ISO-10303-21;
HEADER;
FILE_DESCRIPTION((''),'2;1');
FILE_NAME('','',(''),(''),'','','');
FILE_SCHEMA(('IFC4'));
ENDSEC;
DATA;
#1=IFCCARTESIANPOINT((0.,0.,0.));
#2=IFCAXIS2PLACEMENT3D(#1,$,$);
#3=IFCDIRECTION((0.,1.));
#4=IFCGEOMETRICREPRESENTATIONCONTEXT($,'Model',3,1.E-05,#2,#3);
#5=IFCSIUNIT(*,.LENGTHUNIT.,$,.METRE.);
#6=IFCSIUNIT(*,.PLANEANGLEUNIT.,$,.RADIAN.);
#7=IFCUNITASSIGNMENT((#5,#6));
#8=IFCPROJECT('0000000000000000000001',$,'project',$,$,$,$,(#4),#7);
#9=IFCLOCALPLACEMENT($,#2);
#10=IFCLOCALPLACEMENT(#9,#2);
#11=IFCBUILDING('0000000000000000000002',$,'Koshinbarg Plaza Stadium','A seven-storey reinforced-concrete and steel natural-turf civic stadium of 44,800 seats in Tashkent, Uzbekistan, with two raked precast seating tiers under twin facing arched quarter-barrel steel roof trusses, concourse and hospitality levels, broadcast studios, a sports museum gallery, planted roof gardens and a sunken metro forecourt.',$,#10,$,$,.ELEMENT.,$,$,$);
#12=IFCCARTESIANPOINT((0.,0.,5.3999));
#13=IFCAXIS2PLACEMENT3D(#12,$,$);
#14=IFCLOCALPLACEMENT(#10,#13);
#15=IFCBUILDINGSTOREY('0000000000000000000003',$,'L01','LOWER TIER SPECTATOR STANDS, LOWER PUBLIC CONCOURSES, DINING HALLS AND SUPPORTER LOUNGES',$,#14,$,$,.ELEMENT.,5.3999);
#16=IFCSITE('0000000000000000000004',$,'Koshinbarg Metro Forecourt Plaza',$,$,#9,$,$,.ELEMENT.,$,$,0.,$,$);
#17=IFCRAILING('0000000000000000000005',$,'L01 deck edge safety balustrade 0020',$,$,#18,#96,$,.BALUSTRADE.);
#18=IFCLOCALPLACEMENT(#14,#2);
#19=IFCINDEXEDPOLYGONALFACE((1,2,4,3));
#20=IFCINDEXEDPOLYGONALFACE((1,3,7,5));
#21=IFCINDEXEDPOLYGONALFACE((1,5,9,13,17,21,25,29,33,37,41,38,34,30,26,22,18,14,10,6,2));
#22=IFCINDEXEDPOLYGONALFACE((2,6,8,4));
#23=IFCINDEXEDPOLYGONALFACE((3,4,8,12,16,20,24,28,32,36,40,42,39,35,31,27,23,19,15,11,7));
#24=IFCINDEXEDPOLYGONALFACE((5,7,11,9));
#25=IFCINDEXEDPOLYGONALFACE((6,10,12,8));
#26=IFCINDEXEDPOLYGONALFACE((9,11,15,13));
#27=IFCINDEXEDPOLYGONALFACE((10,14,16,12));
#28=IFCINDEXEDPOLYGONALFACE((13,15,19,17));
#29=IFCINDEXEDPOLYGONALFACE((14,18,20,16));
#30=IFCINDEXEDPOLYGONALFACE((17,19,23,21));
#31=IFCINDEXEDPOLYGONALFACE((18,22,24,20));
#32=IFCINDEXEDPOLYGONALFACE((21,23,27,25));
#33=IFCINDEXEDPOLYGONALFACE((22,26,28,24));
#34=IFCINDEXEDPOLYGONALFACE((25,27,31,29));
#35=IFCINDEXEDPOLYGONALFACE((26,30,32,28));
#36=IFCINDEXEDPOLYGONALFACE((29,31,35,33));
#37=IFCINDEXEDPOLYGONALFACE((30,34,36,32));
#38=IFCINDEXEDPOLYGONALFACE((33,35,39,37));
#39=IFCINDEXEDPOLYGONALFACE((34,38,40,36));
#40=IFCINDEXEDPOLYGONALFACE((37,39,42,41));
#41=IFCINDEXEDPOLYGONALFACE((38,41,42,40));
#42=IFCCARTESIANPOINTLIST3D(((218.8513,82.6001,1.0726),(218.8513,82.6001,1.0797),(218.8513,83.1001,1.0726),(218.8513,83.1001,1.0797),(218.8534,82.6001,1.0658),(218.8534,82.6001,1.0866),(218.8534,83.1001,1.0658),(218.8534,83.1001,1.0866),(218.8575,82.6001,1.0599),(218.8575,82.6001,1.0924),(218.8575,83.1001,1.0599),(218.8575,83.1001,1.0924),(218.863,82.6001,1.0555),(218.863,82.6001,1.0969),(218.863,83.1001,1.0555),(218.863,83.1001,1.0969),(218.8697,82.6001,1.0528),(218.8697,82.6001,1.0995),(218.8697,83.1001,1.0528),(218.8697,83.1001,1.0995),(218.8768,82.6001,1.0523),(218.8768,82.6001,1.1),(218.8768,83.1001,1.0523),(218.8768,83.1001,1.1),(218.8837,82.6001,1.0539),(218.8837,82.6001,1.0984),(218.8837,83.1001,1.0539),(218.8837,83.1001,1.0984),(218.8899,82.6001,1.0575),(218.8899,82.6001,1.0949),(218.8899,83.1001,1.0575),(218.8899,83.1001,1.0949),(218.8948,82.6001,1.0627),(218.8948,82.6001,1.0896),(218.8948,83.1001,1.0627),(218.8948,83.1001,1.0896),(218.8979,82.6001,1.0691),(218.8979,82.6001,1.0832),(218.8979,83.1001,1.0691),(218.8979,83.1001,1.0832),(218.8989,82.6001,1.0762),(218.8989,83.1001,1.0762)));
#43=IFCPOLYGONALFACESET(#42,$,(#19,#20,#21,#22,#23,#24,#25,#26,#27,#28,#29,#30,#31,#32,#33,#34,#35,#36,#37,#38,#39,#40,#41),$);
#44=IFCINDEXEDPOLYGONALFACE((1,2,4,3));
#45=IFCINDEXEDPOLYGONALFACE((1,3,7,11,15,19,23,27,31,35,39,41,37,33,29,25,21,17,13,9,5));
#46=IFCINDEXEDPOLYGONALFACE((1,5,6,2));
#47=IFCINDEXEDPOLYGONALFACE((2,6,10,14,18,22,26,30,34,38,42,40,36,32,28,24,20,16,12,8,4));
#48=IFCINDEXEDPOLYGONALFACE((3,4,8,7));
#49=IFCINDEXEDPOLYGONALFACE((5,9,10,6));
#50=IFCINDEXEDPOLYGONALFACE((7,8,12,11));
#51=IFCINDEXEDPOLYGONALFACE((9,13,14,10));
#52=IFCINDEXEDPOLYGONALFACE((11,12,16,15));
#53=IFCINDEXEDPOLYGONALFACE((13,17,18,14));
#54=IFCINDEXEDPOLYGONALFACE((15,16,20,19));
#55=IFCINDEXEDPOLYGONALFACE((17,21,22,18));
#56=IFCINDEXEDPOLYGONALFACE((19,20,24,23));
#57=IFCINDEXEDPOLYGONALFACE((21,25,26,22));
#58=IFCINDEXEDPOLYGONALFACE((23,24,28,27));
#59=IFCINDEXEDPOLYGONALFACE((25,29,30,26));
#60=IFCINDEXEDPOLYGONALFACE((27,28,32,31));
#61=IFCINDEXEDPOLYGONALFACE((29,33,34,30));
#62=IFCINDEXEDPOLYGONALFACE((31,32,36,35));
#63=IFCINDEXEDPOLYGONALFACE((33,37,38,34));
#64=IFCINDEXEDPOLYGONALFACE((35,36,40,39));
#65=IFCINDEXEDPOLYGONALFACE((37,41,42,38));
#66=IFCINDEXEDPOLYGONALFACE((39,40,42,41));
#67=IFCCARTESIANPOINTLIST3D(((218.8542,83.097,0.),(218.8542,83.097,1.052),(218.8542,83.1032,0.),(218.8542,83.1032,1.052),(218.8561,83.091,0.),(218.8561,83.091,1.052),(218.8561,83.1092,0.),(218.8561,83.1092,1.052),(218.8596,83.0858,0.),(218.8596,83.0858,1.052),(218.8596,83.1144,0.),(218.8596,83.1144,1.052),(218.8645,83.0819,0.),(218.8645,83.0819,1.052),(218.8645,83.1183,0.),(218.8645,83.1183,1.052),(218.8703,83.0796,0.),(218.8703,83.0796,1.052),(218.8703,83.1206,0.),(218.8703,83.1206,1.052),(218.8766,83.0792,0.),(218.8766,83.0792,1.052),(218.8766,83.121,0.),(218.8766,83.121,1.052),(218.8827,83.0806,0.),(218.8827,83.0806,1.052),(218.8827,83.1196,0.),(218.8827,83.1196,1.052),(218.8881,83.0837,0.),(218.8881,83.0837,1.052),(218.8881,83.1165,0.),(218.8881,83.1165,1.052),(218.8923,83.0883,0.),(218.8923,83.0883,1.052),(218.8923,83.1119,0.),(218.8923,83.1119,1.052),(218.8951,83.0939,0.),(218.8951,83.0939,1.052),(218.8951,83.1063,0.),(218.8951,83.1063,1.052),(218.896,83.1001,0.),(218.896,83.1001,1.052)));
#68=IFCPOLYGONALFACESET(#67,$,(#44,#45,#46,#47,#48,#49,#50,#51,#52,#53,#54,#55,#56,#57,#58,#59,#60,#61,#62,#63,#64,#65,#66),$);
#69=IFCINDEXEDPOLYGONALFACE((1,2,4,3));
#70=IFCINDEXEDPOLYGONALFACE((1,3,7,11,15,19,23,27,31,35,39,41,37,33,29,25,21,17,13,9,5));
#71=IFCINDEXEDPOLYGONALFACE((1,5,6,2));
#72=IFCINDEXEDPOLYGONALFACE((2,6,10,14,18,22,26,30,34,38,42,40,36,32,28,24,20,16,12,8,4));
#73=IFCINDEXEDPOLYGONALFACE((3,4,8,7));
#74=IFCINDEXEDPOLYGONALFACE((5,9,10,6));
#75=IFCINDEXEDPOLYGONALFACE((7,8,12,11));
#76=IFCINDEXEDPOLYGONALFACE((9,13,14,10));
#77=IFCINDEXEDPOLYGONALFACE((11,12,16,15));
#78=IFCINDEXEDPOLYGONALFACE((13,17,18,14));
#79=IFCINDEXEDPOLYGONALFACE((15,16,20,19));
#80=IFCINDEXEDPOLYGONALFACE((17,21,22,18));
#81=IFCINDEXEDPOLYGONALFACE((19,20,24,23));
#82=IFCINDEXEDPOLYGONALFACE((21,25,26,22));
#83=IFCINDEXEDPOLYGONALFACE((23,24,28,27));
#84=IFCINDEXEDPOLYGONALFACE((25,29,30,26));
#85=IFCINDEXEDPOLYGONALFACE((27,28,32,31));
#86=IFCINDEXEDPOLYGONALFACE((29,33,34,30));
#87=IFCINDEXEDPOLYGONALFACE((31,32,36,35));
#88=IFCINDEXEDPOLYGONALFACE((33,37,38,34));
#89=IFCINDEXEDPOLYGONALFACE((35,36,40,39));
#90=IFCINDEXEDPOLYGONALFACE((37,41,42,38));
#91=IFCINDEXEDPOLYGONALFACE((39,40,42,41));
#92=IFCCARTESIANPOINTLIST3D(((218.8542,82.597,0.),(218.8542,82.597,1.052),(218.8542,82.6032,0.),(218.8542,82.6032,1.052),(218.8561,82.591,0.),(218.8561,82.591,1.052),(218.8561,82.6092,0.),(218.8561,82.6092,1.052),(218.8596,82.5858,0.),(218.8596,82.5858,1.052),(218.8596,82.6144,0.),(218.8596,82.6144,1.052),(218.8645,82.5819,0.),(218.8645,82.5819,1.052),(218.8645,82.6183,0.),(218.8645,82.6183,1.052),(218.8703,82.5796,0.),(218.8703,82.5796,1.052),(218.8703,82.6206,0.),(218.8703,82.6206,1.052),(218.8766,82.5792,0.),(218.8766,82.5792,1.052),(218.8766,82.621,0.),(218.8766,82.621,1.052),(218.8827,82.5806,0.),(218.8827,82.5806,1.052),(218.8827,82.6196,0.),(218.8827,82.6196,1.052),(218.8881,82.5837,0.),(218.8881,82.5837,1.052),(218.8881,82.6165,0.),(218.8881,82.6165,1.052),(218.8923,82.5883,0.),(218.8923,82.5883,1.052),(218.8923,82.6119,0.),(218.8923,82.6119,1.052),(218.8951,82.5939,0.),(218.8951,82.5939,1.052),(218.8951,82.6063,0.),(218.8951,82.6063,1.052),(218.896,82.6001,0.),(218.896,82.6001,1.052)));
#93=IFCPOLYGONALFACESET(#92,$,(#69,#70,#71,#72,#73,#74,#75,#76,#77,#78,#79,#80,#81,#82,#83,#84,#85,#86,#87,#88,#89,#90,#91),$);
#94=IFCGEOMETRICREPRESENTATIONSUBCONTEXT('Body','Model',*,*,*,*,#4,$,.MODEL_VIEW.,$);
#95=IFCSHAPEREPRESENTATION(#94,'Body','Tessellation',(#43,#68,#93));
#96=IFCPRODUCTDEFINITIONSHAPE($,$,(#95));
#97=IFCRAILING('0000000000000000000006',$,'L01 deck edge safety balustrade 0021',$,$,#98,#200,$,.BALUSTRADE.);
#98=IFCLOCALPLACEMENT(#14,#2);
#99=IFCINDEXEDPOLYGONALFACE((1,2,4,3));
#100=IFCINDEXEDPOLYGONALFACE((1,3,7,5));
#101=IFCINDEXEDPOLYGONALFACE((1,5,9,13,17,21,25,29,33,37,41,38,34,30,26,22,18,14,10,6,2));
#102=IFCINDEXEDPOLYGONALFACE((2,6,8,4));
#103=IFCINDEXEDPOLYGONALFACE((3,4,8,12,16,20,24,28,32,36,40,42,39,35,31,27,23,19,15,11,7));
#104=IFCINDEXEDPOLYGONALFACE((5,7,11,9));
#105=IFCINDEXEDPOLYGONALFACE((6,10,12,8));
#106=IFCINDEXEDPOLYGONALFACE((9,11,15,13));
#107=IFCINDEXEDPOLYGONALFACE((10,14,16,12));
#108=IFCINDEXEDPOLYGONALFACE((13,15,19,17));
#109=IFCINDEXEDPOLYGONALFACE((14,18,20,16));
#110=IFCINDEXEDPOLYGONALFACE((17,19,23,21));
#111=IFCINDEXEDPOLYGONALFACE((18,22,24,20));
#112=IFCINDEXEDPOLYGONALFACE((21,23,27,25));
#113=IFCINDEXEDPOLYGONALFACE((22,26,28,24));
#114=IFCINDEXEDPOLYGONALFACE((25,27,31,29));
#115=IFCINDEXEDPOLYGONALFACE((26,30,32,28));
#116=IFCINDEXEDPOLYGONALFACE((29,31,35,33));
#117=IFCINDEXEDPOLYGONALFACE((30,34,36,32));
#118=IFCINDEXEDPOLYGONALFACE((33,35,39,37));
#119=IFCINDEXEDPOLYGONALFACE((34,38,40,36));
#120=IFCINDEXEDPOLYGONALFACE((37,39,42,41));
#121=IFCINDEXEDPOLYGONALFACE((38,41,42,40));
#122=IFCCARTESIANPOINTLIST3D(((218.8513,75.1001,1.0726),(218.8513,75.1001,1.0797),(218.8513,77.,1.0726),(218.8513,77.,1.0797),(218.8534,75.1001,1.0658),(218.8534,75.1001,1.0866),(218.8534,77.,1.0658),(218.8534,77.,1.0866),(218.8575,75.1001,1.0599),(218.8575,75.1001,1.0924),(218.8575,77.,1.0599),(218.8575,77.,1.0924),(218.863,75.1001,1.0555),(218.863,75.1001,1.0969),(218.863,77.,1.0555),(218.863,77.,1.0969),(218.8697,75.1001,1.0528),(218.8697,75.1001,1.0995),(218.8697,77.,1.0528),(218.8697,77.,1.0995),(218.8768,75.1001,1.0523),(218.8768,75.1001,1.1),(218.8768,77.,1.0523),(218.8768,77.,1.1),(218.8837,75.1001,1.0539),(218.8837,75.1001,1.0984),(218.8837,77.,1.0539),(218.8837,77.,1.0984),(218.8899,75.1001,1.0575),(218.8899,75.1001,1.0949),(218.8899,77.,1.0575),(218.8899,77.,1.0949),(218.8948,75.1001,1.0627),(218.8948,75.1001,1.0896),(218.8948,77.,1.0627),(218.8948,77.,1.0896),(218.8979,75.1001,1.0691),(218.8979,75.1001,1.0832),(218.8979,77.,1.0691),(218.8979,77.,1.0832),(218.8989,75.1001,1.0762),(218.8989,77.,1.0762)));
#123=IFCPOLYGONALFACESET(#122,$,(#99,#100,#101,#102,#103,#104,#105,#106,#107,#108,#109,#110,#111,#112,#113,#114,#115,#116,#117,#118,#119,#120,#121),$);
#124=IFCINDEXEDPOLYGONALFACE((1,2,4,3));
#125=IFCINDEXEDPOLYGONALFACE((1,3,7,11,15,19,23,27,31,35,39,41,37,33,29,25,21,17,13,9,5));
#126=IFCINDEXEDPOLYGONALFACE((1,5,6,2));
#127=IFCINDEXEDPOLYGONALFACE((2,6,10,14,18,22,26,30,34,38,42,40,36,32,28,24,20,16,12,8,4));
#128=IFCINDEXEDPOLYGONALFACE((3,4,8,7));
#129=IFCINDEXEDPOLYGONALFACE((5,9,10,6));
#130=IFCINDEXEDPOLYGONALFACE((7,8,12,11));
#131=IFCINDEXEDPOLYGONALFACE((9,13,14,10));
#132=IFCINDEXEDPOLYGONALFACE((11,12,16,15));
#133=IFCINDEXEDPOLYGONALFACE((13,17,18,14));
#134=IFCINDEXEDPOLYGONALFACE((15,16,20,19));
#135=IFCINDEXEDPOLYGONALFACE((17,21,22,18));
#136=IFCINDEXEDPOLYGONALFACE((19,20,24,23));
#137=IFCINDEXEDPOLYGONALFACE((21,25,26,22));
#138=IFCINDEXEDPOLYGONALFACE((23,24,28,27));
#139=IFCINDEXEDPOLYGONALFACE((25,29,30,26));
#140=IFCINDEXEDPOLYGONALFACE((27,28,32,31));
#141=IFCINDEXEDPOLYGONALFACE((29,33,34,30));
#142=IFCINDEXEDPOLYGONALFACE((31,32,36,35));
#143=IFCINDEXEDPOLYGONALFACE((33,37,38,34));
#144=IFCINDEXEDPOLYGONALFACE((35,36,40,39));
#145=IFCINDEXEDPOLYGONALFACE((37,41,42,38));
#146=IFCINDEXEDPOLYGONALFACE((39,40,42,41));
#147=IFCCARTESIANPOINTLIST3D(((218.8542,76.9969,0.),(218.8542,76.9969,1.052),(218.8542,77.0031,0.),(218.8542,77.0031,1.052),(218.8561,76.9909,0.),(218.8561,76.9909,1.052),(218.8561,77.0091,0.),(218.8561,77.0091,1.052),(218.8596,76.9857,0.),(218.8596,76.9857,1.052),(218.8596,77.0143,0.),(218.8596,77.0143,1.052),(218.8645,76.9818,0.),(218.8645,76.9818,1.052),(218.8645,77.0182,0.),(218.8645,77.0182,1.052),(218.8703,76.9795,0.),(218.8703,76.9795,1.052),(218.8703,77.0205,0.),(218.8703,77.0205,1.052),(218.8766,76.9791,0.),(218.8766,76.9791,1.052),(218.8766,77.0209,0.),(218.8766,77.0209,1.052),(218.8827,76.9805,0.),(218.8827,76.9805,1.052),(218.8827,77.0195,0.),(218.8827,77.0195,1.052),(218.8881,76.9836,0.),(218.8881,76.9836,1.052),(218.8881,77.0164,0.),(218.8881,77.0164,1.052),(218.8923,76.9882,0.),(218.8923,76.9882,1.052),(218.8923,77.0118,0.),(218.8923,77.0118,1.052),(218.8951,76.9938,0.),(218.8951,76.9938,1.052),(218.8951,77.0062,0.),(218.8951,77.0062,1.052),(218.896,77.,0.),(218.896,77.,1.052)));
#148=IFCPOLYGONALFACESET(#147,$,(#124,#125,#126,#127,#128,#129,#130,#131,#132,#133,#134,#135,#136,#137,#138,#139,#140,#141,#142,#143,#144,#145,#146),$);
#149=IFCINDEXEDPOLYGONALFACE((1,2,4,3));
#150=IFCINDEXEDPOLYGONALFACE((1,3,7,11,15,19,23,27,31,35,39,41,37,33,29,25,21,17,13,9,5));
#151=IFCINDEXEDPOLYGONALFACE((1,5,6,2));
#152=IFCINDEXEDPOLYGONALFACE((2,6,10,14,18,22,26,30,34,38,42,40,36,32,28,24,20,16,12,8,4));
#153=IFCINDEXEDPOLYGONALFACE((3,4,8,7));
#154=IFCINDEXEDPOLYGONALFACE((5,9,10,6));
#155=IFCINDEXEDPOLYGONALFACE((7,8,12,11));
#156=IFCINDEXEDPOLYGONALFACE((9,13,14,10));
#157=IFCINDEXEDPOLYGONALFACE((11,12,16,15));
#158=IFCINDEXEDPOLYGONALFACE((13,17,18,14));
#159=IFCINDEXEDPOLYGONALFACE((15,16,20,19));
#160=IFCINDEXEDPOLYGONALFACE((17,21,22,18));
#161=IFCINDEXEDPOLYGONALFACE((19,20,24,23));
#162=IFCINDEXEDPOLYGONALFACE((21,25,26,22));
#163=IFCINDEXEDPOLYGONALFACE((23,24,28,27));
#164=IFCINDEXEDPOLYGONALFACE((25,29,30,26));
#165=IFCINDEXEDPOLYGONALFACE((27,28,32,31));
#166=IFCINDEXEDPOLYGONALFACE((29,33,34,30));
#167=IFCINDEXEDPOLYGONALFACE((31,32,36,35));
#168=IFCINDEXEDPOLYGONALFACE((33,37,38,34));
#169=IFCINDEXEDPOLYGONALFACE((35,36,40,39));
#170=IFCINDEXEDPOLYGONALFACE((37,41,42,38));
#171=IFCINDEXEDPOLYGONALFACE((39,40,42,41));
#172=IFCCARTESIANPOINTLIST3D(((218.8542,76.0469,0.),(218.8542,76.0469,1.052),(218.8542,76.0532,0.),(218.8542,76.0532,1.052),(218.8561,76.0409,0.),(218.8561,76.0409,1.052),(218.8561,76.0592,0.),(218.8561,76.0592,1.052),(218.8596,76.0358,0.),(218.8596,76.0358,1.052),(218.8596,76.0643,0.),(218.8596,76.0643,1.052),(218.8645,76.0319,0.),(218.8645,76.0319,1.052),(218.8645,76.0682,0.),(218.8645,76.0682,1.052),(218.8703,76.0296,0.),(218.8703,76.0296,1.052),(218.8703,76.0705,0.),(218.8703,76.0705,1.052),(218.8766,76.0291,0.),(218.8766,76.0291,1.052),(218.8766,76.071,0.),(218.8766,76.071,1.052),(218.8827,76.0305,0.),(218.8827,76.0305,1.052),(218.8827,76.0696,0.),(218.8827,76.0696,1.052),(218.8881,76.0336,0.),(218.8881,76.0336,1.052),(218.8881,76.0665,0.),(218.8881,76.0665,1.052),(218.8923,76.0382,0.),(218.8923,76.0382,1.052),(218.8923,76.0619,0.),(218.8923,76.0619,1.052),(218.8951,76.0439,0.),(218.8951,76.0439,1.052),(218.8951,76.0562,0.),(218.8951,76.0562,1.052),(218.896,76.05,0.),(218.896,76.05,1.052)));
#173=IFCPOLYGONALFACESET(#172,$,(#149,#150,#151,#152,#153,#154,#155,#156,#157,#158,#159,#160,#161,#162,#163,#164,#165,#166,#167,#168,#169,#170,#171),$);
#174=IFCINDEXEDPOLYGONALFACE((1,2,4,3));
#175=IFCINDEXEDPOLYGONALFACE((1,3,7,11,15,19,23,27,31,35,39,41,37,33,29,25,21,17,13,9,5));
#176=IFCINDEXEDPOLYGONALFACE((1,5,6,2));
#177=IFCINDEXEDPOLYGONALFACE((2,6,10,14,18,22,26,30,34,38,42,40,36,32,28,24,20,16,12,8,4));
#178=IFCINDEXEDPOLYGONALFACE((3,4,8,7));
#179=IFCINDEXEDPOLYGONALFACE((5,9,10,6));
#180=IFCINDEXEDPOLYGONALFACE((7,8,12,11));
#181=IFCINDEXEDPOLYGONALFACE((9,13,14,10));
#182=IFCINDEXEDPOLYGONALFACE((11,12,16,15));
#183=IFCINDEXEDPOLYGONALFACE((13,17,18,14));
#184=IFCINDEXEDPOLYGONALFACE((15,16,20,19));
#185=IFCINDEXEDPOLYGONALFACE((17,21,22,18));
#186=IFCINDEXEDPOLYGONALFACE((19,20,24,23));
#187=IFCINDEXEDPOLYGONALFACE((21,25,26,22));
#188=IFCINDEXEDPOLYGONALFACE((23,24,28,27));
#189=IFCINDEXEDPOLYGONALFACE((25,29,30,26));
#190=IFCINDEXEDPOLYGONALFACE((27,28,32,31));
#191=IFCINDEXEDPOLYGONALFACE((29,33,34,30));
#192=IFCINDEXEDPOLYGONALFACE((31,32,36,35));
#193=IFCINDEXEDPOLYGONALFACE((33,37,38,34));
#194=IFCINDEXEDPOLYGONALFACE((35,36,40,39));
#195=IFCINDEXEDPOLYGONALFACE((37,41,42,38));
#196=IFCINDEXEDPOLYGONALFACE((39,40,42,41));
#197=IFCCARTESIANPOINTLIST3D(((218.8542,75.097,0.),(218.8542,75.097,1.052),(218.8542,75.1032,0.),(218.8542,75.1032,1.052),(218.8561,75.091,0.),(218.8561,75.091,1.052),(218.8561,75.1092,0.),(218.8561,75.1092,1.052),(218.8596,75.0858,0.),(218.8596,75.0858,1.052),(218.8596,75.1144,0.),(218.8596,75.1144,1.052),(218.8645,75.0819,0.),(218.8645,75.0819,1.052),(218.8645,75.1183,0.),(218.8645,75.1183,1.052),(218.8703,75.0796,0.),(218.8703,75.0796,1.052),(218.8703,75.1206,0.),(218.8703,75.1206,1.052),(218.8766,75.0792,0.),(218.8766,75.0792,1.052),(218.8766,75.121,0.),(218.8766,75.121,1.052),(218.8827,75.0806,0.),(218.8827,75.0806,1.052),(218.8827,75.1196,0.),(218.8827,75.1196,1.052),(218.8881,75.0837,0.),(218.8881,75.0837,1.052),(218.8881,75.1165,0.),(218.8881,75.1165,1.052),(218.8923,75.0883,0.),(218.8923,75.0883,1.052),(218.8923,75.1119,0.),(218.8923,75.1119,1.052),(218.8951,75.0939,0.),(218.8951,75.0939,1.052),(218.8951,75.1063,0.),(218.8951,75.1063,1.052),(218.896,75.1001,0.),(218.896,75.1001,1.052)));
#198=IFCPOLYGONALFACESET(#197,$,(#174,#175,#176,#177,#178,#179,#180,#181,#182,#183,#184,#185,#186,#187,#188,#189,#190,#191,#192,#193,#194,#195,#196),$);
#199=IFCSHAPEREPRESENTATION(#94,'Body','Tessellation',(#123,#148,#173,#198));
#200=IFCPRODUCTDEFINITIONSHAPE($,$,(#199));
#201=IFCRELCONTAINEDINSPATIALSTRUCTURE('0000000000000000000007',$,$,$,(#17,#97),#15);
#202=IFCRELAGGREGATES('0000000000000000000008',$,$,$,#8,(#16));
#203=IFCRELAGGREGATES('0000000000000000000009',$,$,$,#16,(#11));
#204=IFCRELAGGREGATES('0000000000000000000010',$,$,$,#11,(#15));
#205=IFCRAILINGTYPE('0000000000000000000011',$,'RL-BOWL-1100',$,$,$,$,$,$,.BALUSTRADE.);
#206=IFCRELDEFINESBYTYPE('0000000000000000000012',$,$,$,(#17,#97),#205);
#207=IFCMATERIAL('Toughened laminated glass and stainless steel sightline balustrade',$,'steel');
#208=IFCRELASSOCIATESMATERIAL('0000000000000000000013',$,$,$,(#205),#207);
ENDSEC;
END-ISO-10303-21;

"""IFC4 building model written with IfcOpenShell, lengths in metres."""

from ifc_helpers import new_model, si_unit, direction, frame, origin, origin_2d, place, context, subcontext, project, spatial, circle, extrude, material, type_object, element, save


model = new_model("IFC4")

# Units and contexts
model_context = context("Model", 3, precision=1e-05, world=origin(), true_north=direction((0.0, 1.0)))
body_context = subcontext(model_context, "Body", "Model", "MODEL_VIEW")
ifc_project = project(units=[si_unit("LENGTHUNIT", "METRE"), si_unit("PLANEANGLEUNIT", "RADIAN")], contexts=[model_context])

# Site, building, storey
site_placement = place(None, origin())
site = spatial("IfcSite", under=ifc_project, at=site_placement, Name="Koshinbarg Metro Forecourt Plaza", CompositionType="ELEMENT", RefElevation=0.0)
building_placement = place(site_placement, origin())
building = spatial("IfcBuilding", under=site, at=building_placement, Name="Koshinbarg Plaza Stadium", Description="A seven-storey reinforced-concrete and steel natural-turf civic stadium of 44,800 seats in Tashkent, Uzbekistan, with two raked precast seating tiers under twin facing arched quarter-barrel steel roof trusses, concourse and hospitality levels, broadcast studios, a sports museum gallery, planted roof gardens and a sunken metro forecourt.", CompositionType="ELEMENT")
storey_placement = place(building_placement, frame((0.0, 0.0, 5.3999)))
storey = spatial("IfcBuildingStorey", under=building, at=storey_placement, Name="L01", Description="LOWER TIER SPECTATOR STANDS, LOWER PUBLIC CONCOURSES, DINING HALLS AND SUPPORTER LOUNGES", CompositionType="ELEMENT", Elevation=5.3999)

# Railings
ifc_material_1 = material(Name="Toughened laminated glass and stainless steel sightline balustrade", Category="steel")
railing_type = type_object("IfcRailingType", Name="RL-BOWL-1100", PredefinedType="BALUSTRADE", material=ifc_material_1)
railing_1_placement = place(storey_placement, frame((218.875, 83.1001, 0.0)))
element("IfcRailing", 1, at=railing_1_placement, inside=storey, type_object=railing_type, Name="L01 deck edge safety balustrade 0020", PredefinedType="BALUSTRADE", context=body_context, shape_type="SweptSolid", body=[
    extrude(circle(Radius=0.0239, at=origin_2d()), frame((0.0, 0.0, 1.0762), z_axis=(0.0, -1.0, 0.0), x_axis=(1.0, 0.0, 0.0)), (0.0, 0.0, 1.0), 0.5),
    extrude(circle(Radius=0.021, at=origin_2d()), origin(), (0.0, 0.0, 1.0), 1.052),
    extrude(circle(Radius=0.021, at=origin_2d()), frame((0.0, -0.5, 0.0)), (0.0, 0.0, 1.0), 1.052),
])
railing_2_placement = place(storey_placement, frame((218.875, 77.0, 0.0)))
element("IfcRailing", 2, at=railing_2_placement, inside=storey, type_object=railing_type, Name="L01 deck edge safety balustrade 0021", PredefinedType="BALUSTRADE", context=body_context, shape_type="SweptSolid", body=[
    extrude(circle(Radius=0.0239, at=origin_2d()), frame((0.0, 0.0, 1.0762), z_axis=(0.0, -1.0, 0.0), x_axis=(1.0, 0.0, 0.0)), (0.0, 0.0, 1.0), 1.8999),
    extrude(circle(Radius=0.021, at=origin_2d()), origin(), (0.0, 0.0, 1.0), 1.052),
    extrude(circle(Radius=0.021, at=origin_2d()), frame((0.0, -0.95, 0.0)), (0.0, 0.0, 1.0), 1.052),
    extrude(circle(Radius=0.021, at=origin_2d()), frame((0.0, -1.8999, 0.0)), (0.0, 0.0, 1.0), 1.052),
])

save(model, "model.ifc")
